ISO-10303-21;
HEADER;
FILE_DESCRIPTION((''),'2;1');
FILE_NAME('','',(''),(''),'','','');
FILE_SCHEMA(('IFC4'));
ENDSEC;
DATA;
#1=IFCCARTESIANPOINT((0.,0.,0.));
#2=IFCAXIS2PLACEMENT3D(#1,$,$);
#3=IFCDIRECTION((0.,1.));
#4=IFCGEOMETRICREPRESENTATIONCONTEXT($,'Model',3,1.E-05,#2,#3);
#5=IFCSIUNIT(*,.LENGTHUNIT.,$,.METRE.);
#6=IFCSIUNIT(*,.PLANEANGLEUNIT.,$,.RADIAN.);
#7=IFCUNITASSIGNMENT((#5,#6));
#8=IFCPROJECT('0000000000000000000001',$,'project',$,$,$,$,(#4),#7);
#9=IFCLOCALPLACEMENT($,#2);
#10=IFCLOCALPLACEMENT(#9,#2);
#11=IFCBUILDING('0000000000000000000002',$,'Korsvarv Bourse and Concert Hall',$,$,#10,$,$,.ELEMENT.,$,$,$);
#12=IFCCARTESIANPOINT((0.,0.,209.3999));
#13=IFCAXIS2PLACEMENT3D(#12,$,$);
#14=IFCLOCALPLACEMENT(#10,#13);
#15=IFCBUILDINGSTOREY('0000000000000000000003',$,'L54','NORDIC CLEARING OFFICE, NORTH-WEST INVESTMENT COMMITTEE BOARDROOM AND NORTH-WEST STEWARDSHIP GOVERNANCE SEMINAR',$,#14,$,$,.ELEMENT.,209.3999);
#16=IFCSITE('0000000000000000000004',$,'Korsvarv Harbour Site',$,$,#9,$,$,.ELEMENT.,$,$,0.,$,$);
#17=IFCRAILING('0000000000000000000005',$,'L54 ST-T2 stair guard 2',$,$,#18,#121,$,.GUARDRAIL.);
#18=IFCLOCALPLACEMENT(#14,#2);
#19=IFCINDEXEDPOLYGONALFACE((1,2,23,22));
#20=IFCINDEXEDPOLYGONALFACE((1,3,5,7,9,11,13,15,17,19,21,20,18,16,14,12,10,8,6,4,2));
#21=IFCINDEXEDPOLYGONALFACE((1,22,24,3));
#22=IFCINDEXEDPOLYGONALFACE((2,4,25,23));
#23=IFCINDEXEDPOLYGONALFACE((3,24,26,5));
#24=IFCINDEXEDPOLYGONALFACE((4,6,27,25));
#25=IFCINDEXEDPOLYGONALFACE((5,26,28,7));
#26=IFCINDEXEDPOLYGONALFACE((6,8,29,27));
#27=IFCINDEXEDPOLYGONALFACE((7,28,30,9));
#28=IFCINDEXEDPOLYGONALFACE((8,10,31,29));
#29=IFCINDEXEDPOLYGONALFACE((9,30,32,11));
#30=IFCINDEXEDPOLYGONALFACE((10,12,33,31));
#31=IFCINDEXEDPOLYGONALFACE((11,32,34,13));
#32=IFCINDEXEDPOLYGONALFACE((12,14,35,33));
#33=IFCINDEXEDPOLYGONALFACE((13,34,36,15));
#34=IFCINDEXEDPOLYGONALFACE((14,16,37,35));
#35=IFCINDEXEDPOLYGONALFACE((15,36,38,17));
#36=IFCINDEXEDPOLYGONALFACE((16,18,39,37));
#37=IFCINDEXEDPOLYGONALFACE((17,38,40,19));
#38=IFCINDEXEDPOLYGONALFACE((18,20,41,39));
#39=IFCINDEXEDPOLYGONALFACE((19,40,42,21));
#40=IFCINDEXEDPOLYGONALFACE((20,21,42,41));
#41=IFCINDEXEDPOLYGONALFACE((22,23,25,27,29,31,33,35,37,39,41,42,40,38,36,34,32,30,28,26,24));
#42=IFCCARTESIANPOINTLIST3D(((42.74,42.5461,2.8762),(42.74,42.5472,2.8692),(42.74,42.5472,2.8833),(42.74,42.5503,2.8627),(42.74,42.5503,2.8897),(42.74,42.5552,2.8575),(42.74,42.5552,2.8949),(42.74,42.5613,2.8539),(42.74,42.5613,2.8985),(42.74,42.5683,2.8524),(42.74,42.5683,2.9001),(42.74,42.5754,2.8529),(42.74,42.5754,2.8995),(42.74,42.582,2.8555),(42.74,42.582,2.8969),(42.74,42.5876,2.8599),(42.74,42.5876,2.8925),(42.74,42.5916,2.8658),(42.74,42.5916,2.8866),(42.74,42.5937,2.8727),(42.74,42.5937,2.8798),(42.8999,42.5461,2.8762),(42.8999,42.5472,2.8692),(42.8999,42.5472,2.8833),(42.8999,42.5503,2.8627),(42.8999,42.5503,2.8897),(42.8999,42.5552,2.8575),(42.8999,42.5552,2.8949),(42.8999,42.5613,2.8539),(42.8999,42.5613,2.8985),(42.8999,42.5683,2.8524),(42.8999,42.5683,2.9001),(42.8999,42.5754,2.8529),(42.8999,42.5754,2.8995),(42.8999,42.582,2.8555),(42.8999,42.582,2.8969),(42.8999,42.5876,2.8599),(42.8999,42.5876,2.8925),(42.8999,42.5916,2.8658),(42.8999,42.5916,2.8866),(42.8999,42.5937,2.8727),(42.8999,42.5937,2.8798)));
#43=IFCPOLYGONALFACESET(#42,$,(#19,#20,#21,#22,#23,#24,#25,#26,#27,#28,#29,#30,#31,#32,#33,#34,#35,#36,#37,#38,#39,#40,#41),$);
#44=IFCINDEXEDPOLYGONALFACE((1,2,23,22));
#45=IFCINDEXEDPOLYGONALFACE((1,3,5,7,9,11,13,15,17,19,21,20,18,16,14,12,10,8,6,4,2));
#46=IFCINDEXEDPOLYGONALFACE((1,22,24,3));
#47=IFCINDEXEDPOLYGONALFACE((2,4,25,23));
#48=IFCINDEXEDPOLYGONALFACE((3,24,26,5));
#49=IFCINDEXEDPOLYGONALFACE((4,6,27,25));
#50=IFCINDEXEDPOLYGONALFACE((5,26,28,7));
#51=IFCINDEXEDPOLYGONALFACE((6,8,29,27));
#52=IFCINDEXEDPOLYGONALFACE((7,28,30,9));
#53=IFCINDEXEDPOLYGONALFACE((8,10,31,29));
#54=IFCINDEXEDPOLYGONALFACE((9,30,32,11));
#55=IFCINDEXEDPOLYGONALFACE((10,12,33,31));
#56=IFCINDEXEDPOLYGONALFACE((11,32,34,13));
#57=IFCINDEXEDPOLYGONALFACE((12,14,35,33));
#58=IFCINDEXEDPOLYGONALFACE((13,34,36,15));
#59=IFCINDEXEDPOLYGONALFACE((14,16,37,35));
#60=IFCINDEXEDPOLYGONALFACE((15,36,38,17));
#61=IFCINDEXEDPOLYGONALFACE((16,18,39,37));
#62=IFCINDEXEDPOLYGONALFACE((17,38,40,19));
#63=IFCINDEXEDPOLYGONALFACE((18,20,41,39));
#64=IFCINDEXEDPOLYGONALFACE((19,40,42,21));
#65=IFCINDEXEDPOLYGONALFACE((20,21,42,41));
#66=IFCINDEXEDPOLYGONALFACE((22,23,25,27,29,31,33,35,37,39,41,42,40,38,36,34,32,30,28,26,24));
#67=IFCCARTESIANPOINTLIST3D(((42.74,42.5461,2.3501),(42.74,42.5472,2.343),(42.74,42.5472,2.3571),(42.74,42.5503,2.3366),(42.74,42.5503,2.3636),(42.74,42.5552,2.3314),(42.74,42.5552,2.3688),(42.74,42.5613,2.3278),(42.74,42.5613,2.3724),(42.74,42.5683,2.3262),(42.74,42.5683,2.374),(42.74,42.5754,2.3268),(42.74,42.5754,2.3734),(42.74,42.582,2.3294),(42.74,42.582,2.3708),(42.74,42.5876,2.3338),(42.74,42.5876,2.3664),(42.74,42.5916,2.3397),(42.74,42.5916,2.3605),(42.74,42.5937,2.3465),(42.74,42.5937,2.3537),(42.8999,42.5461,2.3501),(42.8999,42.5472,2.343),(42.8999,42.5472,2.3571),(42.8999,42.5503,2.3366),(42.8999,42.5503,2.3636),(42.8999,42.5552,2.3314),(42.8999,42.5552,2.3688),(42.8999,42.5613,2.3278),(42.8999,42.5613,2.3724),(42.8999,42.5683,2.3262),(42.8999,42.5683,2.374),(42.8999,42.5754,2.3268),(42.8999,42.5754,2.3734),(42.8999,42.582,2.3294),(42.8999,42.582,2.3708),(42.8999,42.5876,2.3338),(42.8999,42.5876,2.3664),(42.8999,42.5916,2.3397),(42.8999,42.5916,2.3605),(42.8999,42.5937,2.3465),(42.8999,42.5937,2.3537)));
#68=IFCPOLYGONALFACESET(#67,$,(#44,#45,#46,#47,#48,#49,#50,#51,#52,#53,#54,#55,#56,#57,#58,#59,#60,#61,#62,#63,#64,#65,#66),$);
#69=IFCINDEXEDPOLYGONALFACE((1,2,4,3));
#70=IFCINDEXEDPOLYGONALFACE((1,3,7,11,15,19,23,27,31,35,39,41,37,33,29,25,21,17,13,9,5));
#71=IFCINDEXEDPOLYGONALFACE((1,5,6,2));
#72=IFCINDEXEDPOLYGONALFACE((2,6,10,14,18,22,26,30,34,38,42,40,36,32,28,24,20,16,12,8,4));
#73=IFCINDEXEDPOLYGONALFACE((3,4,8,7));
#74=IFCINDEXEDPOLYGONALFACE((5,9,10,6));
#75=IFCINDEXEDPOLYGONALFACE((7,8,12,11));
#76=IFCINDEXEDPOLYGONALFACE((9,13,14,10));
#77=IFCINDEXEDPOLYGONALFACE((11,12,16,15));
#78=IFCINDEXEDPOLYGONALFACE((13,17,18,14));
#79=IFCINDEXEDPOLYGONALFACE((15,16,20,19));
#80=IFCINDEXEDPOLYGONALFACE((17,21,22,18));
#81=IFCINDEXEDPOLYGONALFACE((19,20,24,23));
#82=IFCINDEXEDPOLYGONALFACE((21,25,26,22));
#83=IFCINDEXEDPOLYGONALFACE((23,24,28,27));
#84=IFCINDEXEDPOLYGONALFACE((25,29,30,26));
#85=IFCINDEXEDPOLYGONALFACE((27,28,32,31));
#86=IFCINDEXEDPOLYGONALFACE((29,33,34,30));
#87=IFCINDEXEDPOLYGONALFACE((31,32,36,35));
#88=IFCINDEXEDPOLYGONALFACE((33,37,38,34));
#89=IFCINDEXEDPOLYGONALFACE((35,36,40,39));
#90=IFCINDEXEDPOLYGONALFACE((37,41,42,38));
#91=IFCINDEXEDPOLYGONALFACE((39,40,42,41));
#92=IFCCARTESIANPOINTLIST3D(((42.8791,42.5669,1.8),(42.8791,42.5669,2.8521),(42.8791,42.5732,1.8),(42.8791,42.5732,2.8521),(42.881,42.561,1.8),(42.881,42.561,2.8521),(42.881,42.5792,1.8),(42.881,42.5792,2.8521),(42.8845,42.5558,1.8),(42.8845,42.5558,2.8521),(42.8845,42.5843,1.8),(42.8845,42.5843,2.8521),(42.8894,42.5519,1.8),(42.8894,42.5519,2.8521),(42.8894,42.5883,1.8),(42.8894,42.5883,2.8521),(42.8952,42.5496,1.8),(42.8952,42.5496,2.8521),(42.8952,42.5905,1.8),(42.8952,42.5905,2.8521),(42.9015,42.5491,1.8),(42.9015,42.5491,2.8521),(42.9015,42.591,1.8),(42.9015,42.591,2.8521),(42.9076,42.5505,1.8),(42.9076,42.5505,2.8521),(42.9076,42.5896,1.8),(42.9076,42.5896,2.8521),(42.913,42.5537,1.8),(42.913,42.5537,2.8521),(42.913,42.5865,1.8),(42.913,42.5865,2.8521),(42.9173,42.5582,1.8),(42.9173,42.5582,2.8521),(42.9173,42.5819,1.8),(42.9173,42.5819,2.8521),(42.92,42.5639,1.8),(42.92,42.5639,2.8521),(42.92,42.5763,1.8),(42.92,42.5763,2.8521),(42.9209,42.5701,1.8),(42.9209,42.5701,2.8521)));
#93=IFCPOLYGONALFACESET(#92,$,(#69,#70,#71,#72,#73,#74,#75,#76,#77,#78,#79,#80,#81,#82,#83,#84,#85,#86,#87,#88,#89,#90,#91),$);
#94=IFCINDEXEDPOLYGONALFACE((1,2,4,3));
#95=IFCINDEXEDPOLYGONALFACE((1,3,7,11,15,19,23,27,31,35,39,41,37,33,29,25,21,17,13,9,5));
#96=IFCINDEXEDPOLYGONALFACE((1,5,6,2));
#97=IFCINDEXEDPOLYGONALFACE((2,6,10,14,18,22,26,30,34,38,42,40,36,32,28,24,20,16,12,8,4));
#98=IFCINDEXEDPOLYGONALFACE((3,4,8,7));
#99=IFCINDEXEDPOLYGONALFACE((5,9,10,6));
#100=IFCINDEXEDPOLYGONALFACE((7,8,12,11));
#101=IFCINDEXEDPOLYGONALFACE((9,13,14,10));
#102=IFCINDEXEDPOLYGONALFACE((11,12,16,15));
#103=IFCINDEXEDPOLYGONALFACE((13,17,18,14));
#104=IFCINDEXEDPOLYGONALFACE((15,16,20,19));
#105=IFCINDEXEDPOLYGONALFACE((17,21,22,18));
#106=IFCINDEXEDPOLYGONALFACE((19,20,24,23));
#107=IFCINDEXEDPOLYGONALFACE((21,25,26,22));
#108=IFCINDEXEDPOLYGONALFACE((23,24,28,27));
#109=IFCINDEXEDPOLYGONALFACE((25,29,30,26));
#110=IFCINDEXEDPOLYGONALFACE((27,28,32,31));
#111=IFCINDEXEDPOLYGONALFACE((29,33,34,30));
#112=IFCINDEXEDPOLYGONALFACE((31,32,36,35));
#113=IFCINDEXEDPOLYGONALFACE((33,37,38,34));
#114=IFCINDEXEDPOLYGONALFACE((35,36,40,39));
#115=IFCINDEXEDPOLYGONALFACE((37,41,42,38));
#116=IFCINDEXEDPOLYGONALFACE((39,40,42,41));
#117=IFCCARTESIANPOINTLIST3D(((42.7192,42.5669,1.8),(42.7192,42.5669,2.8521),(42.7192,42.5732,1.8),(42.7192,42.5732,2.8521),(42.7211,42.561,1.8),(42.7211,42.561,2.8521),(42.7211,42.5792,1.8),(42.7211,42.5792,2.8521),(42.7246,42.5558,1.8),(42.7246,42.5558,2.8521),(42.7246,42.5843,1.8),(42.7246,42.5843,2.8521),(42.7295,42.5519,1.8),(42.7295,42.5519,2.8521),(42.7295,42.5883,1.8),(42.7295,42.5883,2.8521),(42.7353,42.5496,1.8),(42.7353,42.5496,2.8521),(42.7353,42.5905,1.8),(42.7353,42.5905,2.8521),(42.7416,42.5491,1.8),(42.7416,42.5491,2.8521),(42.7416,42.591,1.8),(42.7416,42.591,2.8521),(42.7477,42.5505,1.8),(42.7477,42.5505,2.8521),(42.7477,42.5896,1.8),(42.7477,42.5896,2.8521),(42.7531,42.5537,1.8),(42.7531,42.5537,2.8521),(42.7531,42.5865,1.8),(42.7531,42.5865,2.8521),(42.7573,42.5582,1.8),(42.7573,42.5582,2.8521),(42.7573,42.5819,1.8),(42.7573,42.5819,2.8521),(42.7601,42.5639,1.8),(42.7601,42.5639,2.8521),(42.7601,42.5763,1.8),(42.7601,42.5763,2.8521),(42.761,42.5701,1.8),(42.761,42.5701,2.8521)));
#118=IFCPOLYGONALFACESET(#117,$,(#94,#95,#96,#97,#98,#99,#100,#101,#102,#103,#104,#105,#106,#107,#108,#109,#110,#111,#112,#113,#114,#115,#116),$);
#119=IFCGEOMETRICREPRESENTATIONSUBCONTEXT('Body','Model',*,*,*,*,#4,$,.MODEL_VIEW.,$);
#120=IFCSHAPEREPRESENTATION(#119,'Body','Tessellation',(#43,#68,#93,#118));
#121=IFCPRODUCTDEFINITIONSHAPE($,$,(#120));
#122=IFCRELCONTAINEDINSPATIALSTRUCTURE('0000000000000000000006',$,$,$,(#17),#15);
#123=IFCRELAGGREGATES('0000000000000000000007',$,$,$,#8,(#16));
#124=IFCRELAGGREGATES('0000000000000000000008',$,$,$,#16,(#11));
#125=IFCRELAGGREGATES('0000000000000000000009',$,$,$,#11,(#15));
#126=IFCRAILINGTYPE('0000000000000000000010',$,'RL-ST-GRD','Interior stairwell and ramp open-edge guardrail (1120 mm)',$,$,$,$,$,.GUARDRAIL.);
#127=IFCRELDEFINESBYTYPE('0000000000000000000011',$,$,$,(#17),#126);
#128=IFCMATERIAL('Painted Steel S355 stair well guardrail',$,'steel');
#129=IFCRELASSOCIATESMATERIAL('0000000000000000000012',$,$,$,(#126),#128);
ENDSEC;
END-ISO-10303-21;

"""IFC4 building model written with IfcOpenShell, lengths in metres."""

from ifc_helpers import new_model, si_unit, direction, frame, origin, origin_2d, place, context, subcontext, project, spatial, circle, extrude, material, type_object, element, save


model = new_model("IFC4")

# Units and contexts
model_context = context("Model", 3, precision=1e-05, world=origin(), true_north=direction((0.0, 1.0)))
body_context = subcontext(model_context, "Body", "Model", "MODEL_VIEW")
ifc_project = project(units=[si_unit("LENGTHUNIT", "METRE"), si_unit("PLANEANGLEUNIT", "RADIAN")], contexts=[model_context])

# Site, building, storey
site_placement = place(None, origin())
site = spatial("IfcSite", under=ifc_project, at=site_placement, Name="Korsvarv Harbour Site", CompositionType="ELEMENT", RefElevation=0.0)
building_placement = place(site_placement, origin())
building = spatial("IfcBuilding", under=site, at=building_placement, Name="Korsvarv Bourse and Concert Hall", CompositionType="ELEMENT")
storey_placement = place(building_placement, frame((0.0, 0.0, 209.3999)))
storey = spatial("IfcBuildingStorey", under=building, at=storey_placement, Name="L54", Description="NORDIC CLEARING OFFICE, NORTH-WEST INVESTMENT COMMITTEE BOARDROOM AND NORTH-WEST STEWARDSHIP GOVERNANCE SEMINAR", CompositionType="ELEMENT", Elevation=209.3999)

# Railing
ifc_material_1 = material(Name="Painted Steel S355 stair well guardrail", Category="steel")
railing_type_1 = type_object("IfcRailingType", Name="RL-ST-GRD", Description="Interior stairwell and ramp open-edge guardrail (1120 mm)", PredefinedType="GUARDRAIL", material=ifc_material_1)
railing_1_placement = place(storey_placement, frame((42.8999, 42.5701, 1.8)))
element("IfcRailing", 1, at=railing_1_placement, inside=storey, type_object=railing_type_1, Name="L54 ST-T2 stair guard 2", PredefinedType="GUARDRAIL", context=body_context, shape_type="SweptSolid", body=[
    extrude(circle(Radius=0.0239, at=origin_2d()), frame((0.0, 0.0, 1.0762), z_axis=(-1.0, 0.0, 0.0), x_axis=(0.0, -1.0, 0.0)), (0.0, 0.0, 1.0), 0.1599),
    extrude(circle(Radius=0.0239, at=origin_2d()), frame((0.0, 0.0, 0.55), z_axis=(-1.0, 0.0, 0.0), x_axis=(0.0, -1.0, 0.0)), (0.0, 0.0, 1.0), 0.1599),
    extrude(circle(Radius=0.021, at=origin_2d()), origin(), (0.0, 0.0, 1.0), 1.052),
    extrude(circle(Radius=0.021, at=origin_2d()), frame((-0.1599, 0.0, 0.0)), (0.0, 0.0, 1.0), 1.052),
])

save(model, "model.ifc")
